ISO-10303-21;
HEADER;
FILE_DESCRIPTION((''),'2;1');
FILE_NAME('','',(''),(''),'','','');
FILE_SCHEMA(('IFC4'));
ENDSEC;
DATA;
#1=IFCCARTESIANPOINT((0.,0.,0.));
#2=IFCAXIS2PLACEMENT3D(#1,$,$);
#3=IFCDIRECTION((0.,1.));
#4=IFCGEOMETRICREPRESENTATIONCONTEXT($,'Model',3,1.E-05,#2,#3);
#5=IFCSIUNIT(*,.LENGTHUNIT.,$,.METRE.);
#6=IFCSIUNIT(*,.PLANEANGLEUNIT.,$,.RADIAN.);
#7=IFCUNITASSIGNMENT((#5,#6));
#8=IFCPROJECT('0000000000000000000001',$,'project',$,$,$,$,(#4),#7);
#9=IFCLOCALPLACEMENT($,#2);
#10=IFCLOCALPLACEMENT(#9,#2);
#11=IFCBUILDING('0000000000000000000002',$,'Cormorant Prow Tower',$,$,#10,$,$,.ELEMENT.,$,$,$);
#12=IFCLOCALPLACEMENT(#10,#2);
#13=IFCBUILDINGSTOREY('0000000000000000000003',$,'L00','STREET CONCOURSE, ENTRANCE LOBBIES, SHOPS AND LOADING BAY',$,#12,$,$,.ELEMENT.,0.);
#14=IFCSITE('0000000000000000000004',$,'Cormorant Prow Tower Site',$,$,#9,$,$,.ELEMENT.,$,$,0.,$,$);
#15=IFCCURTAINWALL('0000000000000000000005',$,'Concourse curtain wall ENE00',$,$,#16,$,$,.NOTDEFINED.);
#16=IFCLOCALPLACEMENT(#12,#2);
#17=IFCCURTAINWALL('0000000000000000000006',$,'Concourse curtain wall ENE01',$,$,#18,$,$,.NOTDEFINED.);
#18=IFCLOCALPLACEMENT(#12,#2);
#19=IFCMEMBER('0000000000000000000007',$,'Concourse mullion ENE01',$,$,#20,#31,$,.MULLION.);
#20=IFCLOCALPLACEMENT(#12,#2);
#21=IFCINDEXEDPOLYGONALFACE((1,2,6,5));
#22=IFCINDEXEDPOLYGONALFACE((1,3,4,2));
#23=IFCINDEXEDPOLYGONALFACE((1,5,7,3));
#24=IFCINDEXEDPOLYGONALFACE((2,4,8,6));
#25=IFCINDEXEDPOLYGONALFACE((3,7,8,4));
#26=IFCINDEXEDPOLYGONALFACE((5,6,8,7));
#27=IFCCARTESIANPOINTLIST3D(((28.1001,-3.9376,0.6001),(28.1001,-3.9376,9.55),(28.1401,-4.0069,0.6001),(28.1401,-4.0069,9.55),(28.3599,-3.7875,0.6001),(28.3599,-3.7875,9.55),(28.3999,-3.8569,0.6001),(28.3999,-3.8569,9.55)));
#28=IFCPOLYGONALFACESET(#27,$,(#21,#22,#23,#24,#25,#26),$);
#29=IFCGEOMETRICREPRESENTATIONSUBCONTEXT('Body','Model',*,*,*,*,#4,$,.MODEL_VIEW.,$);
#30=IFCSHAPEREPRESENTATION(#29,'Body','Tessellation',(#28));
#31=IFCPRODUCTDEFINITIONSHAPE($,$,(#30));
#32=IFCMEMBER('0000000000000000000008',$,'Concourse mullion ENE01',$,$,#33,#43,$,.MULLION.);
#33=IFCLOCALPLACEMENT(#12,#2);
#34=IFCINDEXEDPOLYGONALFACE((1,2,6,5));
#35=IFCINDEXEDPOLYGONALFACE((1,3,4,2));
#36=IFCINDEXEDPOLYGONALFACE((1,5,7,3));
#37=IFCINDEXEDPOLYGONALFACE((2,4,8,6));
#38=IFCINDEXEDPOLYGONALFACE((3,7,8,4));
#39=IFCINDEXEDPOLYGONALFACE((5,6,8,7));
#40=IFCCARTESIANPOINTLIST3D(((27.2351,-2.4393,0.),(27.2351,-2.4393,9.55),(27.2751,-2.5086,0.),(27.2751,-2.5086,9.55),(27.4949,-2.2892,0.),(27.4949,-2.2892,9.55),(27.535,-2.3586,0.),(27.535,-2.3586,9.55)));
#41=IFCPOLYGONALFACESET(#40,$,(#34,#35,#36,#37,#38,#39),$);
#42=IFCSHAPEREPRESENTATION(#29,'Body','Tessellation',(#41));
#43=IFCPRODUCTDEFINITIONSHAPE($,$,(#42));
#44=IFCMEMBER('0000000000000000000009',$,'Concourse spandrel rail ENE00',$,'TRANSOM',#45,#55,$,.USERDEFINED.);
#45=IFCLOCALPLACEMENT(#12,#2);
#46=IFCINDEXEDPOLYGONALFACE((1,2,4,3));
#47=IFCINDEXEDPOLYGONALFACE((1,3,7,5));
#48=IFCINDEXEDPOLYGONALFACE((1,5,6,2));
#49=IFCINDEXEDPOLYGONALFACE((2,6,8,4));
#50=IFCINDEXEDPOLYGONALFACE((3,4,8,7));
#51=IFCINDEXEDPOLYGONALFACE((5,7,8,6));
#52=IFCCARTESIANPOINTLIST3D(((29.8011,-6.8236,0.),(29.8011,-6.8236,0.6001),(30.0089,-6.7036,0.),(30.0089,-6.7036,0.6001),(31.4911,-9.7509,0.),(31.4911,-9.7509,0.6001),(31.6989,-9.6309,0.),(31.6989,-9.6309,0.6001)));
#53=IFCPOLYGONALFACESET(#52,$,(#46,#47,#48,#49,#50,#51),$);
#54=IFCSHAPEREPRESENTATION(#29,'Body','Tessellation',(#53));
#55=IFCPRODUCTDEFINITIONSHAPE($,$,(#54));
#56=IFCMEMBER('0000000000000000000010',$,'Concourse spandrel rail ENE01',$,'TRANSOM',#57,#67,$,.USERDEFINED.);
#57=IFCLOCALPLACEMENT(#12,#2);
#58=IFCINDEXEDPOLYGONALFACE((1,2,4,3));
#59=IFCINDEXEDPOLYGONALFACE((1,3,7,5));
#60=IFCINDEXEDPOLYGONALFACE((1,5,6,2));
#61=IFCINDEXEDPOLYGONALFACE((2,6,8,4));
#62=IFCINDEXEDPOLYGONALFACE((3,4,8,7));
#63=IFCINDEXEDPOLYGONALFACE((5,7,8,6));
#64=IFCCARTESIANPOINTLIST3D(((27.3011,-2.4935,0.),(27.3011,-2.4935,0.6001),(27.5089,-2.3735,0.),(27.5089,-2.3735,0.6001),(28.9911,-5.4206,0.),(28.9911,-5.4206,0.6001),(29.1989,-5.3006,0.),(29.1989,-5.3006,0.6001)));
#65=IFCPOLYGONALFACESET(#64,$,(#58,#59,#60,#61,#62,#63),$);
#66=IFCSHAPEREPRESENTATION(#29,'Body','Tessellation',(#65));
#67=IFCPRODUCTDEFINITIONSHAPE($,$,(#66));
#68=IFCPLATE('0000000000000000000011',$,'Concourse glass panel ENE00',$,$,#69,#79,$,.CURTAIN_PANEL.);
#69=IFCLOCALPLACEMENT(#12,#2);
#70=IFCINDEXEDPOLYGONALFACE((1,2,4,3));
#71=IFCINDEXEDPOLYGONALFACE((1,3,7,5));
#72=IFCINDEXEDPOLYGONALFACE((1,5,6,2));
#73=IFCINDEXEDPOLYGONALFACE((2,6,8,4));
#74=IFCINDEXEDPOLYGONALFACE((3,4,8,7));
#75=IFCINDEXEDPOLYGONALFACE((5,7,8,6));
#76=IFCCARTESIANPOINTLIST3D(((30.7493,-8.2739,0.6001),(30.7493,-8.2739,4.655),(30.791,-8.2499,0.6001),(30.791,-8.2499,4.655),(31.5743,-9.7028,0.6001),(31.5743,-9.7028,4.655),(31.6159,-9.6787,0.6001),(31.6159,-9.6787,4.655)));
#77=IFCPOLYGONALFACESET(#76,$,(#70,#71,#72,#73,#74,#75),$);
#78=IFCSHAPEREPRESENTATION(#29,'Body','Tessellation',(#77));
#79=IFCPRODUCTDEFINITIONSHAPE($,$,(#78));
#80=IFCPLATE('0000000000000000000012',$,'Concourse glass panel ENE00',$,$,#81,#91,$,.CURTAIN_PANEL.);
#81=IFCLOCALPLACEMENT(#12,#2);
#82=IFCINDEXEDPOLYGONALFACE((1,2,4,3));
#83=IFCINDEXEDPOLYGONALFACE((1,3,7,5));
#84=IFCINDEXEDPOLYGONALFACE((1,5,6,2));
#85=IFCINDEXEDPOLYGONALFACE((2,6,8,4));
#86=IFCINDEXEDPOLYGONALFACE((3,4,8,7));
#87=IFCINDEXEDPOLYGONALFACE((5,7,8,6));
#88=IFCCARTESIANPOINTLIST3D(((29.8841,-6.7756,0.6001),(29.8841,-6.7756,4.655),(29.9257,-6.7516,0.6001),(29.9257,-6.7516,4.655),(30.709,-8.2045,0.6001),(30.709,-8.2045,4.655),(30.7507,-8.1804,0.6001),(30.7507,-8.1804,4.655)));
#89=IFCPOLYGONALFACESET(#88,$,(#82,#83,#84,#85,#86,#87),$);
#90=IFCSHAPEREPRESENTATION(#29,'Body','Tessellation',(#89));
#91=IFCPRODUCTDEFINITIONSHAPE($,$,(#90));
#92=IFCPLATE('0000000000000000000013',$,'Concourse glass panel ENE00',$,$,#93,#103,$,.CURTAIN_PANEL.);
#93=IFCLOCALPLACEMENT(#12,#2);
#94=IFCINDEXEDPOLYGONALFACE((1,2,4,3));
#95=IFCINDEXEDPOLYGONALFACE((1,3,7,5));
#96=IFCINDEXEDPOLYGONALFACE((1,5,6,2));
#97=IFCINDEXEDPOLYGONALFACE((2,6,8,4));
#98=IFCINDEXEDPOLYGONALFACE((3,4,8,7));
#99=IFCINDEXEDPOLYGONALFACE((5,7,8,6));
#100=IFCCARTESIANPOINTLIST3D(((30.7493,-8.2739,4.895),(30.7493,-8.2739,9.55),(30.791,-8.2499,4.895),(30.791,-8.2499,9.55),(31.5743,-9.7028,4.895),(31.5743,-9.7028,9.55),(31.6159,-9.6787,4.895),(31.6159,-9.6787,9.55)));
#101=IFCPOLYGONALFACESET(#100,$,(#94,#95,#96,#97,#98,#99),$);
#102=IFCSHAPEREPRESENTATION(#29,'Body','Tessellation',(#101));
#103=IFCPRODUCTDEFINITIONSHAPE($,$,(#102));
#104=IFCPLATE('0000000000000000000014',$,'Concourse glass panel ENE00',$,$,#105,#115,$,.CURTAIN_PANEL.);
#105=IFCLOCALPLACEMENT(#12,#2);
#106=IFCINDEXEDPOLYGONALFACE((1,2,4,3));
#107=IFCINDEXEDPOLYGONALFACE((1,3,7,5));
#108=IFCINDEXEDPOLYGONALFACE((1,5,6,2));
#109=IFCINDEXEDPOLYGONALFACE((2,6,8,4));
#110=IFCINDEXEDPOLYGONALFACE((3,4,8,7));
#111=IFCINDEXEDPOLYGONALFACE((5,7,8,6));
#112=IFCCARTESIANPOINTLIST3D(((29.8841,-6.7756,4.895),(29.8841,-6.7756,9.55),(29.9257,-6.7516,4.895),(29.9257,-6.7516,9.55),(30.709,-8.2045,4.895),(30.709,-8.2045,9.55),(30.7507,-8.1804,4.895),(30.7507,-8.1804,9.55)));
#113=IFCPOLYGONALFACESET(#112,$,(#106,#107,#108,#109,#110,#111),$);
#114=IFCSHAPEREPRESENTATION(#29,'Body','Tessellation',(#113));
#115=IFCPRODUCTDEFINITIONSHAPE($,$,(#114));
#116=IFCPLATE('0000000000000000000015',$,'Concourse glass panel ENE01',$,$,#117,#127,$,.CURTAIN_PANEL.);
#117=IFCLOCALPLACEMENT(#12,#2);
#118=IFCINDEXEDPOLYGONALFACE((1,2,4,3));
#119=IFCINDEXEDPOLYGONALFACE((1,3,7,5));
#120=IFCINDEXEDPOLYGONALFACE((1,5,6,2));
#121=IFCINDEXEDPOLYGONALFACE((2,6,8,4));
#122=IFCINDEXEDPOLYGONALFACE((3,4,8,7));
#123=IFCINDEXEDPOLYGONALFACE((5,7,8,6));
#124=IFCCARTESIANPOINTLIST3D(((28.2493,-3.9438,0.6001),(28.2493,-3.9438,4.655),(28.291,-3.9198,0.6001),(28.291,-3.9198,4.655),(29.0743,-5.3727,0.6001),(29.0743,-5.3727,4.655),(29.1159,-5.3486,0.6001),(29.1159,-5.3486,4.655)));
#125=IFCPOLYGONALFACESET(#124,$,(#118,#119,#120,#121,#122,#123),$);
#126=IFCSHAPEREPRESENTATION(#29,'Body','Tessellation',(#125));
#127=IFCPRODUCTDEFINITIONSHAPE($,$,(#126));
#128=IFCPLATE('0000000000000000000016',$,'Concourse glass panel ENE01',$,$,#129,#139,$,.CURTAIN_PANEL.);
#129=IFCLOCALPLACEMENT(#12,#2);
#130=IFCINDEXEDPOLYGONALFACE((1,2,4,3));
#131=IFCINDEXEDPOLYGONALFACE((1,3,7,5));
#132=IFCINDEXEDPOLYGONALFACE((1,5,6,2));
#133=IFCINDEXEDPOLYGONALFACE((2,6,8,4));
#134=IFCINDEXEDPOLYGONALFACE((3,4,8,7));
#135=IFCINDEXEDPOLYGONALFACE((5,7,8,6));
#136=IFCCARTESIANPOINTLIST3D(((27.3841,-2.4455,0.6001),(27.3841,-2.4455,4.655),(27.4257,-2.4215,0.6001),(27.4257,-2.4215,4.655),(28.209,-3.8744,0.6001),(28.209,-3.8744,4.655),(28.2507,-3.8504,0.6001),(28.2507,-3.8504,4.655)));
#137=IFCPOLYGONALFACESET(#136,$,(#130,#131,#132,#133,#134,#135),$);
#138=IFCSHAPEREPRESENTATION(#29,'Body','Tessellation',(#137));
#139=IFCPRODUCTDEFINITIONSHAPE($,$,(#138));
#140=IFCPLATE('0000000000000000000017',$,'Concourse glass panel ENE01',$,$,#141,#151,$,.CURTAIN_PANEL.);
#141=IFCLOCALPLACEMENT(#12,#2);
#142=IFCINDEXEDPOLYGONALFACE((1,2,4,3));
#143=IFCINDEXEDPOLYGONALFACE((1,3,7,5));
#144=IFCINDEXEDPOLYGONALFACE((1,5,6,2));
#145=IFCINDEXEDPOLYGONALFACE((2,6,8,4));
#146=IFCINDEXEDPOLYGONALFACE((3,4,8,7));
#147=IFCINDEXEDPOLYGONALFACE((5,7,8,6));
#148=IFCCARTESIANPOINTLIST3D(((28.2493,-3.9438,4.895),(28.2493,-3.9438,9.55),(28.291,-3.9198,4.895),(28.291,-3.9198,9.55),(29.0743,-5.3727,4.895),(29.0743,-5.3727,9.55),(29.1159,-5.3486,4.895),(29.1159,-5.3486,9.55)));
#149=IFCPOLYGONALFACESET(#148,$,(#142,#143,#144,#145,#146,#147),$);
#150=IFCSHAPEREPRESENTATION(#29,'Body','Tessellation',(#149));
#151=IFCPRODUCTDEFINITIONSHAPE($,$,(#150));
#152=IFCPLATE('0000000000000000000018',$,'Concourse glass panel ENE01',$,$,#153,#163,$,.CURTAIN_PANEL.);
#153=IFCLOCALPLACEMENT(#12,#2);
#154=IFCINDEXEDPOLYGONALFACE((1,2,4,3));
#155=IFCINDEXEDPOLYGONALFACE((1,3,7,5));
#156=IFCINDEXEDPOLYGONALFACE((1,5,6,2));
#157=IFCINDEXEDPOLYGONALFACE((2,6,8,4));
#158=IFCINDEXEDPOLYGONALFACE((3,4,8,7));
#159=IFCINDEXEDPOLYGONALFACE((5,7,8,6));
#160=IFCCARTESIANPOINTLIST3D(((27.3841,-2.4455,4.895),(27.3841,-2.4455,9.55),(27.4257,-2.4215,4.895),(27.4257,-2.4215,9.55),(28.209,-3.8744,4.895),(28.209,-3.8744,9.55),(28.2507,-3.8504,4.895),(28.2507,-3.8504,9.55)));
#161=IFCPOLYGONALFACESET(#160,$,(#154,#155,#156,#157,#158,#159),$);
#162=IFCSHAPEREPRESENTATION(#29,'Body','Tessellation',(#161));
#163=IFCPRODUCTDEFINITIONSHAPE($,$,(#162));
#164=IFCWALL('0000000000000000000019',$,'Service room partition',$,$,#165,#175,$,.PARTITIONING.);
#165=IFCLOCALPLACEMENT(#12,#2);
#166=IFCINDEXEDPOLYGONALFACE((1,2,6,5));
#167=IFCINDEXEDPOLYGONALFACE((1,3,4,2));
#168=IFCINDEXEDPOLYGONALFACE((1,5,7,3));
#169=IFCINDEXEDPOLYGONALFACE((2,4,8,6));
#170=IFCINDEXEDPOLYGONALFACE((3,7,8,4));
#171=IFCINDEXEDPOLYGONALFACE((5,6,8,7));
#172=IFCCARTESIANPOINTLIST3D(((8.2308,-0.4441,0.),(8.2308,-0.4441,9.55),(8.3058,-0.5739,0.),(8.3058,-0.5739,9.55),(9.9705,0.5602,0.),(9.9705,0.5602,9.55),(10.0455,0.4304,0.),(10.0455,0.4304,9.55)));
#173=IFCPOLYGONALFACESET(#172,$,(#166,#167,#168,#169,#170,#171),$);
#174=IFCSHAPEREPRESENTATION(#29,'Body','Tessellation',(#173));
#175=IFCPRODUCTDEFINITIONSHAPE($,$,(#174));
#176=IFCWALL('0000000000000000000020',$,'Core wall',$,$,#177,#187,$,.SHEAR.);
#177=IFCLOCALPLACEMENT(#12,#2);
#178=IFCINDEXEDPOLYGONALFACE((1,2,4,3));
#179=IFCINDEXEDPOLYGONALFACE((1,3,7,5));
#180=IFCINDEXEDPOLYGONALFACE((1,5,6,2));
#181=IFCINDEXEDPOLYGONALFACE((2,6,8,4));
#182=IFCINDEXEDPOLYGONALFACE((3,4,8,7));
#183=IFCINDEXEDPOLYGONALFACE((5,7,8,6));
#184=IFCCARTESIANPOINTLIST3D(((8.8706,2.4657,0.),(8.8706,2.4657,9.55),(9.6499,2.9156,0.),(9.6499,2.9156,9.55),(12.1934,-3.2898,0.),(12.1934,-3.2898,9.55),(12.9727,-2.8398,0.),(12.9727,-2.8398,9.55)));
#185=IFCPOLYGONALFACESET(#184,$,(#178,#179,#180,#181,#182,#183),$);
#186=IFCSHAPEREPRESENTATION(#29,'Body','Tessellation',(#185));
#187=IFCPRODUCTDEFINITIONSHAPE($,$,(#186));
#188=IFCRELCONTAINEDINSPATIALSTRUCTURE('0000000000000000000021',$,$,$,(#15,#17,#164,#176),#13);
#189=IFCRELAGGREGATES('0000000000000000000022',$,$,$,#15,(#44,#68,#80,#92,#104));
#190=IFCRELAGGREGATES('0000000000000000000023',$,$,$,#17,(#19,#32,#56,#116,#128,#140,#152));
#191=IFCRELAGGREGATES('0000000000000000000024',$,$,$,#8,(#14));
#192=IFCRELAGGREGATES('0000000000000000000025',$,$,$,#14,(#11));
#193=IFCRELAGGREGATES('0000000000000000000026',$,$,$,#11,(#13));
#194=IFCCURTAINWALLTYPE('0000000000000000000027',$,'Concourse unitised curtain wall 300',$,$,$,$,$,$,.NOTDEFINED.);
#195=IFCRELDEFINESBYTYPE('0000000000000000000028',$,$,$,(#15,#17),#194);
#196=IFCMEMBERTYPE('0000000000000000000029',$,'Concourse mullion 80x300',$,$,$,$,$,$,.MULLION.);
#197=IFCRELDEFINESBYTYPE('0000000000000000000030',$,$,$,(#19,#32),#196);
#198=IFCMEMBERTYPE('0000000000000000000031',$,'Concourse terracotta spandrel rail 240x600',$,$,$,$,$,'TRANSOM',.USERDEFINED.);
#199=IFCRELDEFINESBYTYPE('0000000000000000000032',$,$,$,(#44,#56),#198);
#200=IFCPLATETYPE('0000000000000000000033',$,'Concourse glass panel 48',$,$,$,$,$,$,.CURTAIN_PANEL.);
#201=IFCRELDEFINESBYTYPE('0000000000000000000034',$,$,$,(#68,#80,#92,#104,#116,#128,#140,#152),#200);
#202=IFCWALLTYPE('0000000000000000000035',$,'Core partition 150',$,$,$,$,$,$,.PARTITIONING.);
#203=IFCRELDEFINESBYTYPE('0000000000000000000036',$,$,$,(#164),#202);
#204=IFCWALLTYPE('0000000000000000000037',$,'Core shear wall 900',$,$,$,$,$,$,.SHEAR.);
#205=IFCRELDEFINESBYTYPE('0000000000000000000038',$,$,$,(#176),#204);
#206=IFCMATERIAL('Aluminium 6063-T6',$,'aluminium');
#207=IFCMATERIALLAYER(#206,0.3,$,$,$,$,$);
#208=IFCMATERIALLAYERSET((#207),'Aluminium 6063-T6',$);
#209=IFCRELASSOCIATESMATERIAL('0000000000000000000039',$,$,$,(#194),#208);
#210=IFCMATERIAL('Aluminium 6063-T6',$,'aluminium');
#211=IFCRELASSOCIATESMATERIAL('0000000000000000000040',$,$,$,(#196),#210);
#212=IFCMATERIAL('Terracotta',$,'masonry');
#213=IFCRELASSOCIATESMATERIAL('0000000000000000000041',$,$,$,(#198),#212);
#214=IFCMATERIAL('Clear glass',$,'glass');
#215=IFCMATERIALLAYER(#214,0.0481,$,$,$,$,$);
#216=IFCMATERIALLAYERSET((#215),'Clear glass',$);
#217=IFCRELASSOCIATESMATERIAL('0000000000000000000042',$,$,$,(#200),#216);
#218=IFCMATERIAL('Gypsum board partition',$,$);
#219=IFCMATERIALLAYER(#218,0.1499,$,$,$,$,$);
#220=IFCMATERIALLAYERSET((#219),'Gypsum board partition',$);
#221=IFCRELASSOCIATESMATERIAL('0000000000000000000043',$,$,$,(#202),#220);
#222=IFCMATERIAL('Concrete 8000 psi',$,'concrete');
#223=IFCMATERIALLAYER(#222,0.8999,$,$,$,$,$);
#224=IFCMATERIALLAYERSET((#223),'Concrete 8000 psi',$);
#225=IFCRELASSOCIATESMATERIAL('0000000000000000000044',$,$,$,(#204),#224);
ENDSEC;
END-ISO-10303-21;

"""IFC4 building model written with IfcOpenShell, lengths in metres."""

from ifc_helpers import new_model, si_unit, direction, frame, frame_2d, origin, origin_2d, place, context, subcontext, project, spatial, rectangle, extrude, material, layer, layer_set, material_profile, profile_set, type_object, element, aggregate, save


model = new_model("IFC4")

# Units and contexts
model_context = context("Model", 3, precision=1e-05, world=origin(), true_north=direction((0.0, 1.0)))
body_context = subcontext(model_context, "Body", "Model", "MODEL_VIEW")
ifc_project = project(units=[si_unit("LENGTHUNIT", "METRE"), si_unit("PLANEANGLEUNIT", "RADIAN")], contexts=[model_context])

# Site, building, storey
site_placement = place(None, origin())
site = spatial("IfcSite", under=ifc_project, at=site_placement, Name="Cormorant Prow Tower Site", CompositionType="ELEMENT", RefElevation=0.0)
building_placement = place(site_placement, origin())
building = spatial("IfcBuilding", under=site, at=building_placement, Name="Cormorant Prow Tower", CompositionType="ELEMENT")
storey_placement = place(building_placement, origin())
storey = spatial("IfcBuildingStorey", under=building, at=storey_placement, Name="L00", Description="STREET CONCOURSE, ENTRANCE LOBBIES, SHOPS AND LOADING BAY", CompositionType="ELEMENT", Elevation=0.0)

# Curtain walls
ifc_material_1 = material(Name="Aluminium 6063-T6", Category="aluminium")
ifc_layer_1 = layer(ifc_material_1, 0.3)
ifc_layer_set_1 = layer_set([ifc_layer_1], Name="Aluminium 6063-T6")
curtain_wall_type = type_object("IfcCurtainWallType", Name="Concourse unitised curtain wall 300", PredefinedType="NOTDEFINED", material=ifc_layer_set_1)
curtain_wall_1_placement = place(storey_placement, origin())
curtain_wall_1 = element("IfcCurtainWall", 1, at=curtain_wall_1_placement, inside=storey, type_object=curtain_wall_type, Name="Concourse curtain wall ENE00", PredefinedType="NOTDEFINED")
curtain_wall_2_placement = place(storey_placement, origin())
curtain_wall_2 = element("IfcCurtainWall", 2, at=curtain_wall_2_placement, inside=storey, type_object=curtain_wall_type, Name="Concourse curtain wall ENE01", PredefinedType="NOTDEFINED")

# Members
ifc_material_2 = material(Name="Aluminium 6063-T6", Category="aluminium")
ifc_material_profile_1 = material_profile(ifc_material_2, rectangle(XDim=0.3, YDim=0.0801, at=origin_2d()), Name="Concourse mullion 80x300")
ifc_profile_set_1 = profile_set([ifc_material_profile_1], Name="Aluminium 6063-T6")
member_type_1 = type_object("IfcMemberType", Name="Concourse mullion 80x300", PredefinedType="MULLION", material=ifc_profile_set_1)
member_1_placement = place(storey_placement, frame((28.25, -3.8972, 0.6001), z_axis=(0.0, 0.0, 1.0), x_axis=(-0.866025, -0.5, 0.0)))
member_1 = element("IfcMember", 3, at=member_1_placement, type_object=member_type_1, Name="Concourse mullion ENE01", PredefinedType="MULLION", context=body_context, shape_type="SweptSolid", body=[
    extrude(rectangle(XDim=0.3, YDim=0.0801, at=origin_2d()), origin(), (0.0, 0.0, 1.0), 8.95),
])
member_2_placement = place(storey_placement, frame((27.385, -2.3989, 0.0), z_axis=(0.0, 0.0, 1.0), x_axis=(-0.866025, -0.5, 0.0)))
member_2 = element("IfcMember", 4, at=member_2_placement, type_object=member_type_1, Name="Concourse mullion ENE01", PredefinedType="MULLION", context=body_context, shape_type="SweptSolid", body=[
    extrude(rectangle(XDim=0.3, YDim=0.0801, at=origin_2d()), origin(), (0.0, 0.0, 1.0), 9.55),
])
ifc_material_3 = material(Name="Terracotta", Category="masonry")
ifc_material_profile_2 = material_profile(ifc_material_3, rectangle(XDim=0.24, YDim=0.6001, at=origin_2d()), Name="Concourse terracotta spandrel rail 240x600")
ifc_profile_set_2 = profile_set([ifc_material_profile_2], Name="Terracotta")
member_type_2 = type_object("IfcMemberType", Name="Concourse terracotta spandrel rail 240x600", ElementType="TRANSOM", PredefinedType="USERDEFINED", material=ifc_profile_set_2)
member_3_placement = place(storey_placement, frame((31.595, -9.6909, 0.3), z_axis=(-0.499977, 0.866039, 0.0), x_axis=(-0.866039, -0.499977, 0.0)))
member_3 = element("IfcMember", 5, at=member_3_placement, type_object=member_type_2, Name="Concourse spandrel rail ENE00", ObjectType="TRANSOM", PredefinedType="USERDEFINED", context=body_context, shape_type="SweptSolid", body=[
    extrude(rectangle(XDim=0.24, YDim=0.6001, at=origin_2d()), origin(), (0.0, 0.0, 1.0), 3.3801),
])
member_4_placement = place(storey_placement, frame((29.095, -5.3606, 0.3), z_axis=(-0.500008, 0.866021, 0.0), x_axis=(-0.866021, -0.500008, 0.0)))
member_4 = element("IfcMember", 6, at=member_4_placement, type_object=member_type_2, Name="Concourse spandrel rail ENE01", ObjectType="TRANSOM", PredefinedType="USERDEFINED", context=body_context, shape_type="SweptSolid", body=[
    extrude(rectangle(XDim=0.24, YDim=0.6001, at=origin_2d()), origin(), (0.0, 0.0, 1.0), 3.3799),
])

# Plates
ifc_material_4 = material(Name="Clear glass", Category="glass")
ifc_layer_2 = layer(ifc_material_4, 0.0481)
ifc_layer_set_2 = layer_set([ifc_layer_2], Name="Clear glass")
plate_type = type_object("IfcPlateType", Name="Concourse glass panel 48", PredefinedType="CURTAIN_PANEL", material=ifc_layer_set_2)
plate_1_placement = place(storey_placement, frame((31.1826, -8.9763, 0.6001), z_axis=(0.0, 0.0, 1.0), x_axis=(-0.5, 0.866025, 0.0)))
plate_1 = element("IfcPlate", 7, at=plate_1_placement, type_object=plate_type, Name="Concourse glass panel ENE00", PredefinedType="CURTAIN_PANEL", context=body_context, shape_type="SweptSolid", body=[
    extrude(rectangle(XDim=1.6499, YDim=0.0481, at=origin_2d()), origin(), (0.0, 0.0, 1.0), 4.0549),
])
plate_2_placement = place(storey_placement, frame((30.3174, -7.478, 0.6001), z_axis=(0.0, 0.0, 1.0), x_axis=(-0.5, 0.866025, 0.0)))
plate_2 = element("IfcPlate", 8, at=plate_2_placement, type_object=plate_type, Name="Concourse glass panel ENE00", PredefinedType="CURTAIN_PANEL", context=body_context, shape_type="SweptSolid", body=[
    extrude(rectangle(XDim=1.6499, YDim=0.0481, at=origin_2d()), origin(), (0.0, 0.0, 1.0), 4.0549),
])
plate_3_placement = place(storey_placement, frame((31.1826, -8.9763, 4.895), z_axis=(0.0, 0.0, 1.0), x_axis=(-0.5, 0.866025, 0.0)))
plate_3 = element("IfcPlate", 9, at=plate_3_placement, type_object=plate_type, Name="Concourse glass panel ENE00", PredefinedType="CURTAIN_PANEL", context=body_context, shape_type="SweptSolid", body=[
    extrude(rectangle(XDim=1.6499, YDim=0.0481, at=origin_2d()), origin(), (0.0, 0.0, 1.0), 4.655),
])
plate_4_placement = place(storey_placement, frame((30.3174, -7.478, 4.895), z_axis=(0.0, 0.0, 1.0), x_axis=(-0.5, 0.866025, 0.0)))
plate_4 = element("IfcPlate", 10, at=plate_4_placement, type_object=plate_type, Name="Concourse glass panel ENE00", PredefinedType="CURTAIN_PANEL", context=body_context, shape_type="SweptSolid", body=[
    extrude(rectangle(XDim=1.6499, YDim=0.0481, at=origin_2d()), origin(), (0.0, 0.0, 1.0), 4.655),
])
aggregate(curtain_wall_1, [member_3, plate_1, plate_2, plate_3, plate_4])
plate_5_placement = place(storey_placement, frame((28.6826, -4.6462, 0.6001), z_axis=(0.0, 0.0, 1.0), x_axis=(-0.5, 0.866025, 0.0)))
plate_5 = element("IfcPlate", 11, at=plate_5_placement, type_object=plate_type, Name="Concourse glass panel ENE01", PredefinedType="CURTAIN_PANEL", context=body_context, shape_type="SweptSolid", body=[
    extrude(rectangle(XDim=1.6499, YDim=0.0481, at=origin_2d()), origin(), (0.0, 0.0, 1.0), 4.0549),
])
plate_6_placement = place(storey_placement, frame((27.8174, -3.1479, 0.6001), z_axis=(0.0, 0.0, 1.0), x_axis=(-0.5, 0.866025, 0.0)))
plate_6 = element("IfcPlate", 12, at=plate_6_placement, type_object=plate_type, Name="Concourse glass panel ENE01", PredefinedType="CURTAIN_PANEL", context=body_context, shape_type="SweptSolid", body=[
    extrude(rectangle(XDim=1.6499, YDim=0.0481, at=origin_2d()), origin(), (0.0, 0.0, 1.0), 4.0549),
])
plate_7_placement = place(storey_placement, frame((28.6826, -4.6462, 4.895), z_axis=(0.0, 0.0, 1.0), x_axis=(-0.5, 0.866025, 0.0)))
plate_7 = element("IfcPlate", 13, at=plate_7_placement, type_object=plate_type, Name="Concourse glass panel ENE01", PredefinedType="CURTAIN_PANEL", context=body_context, shape_type="SweptSolid", body=[
    extrude(rectangle(XDim=1.6499, YDim=0.0481, at=origin_2d()), origin(), (0.0, 0.0, 1.0), 4.655),
])
plate_8_placement = place(storey_placement, frame((27.8174, -3.1479, 4.895), z_axis=(0.0, 0.0, 1.0), x_axis=(-0.5, 0.866025, 0.0)))
plate_8 = element("IfcPlate", 14, at=plate_8_placement, type_object=plate_type, Name="Concourse glass panel ENE01", PredefinedType="CURTAIN_PANEL", context=body_context, shape_type="SweptSolid", body=[
    extrude(rectangle(XDim=1.6499, YDim=0.0481, at=origin_2d()), origin(), (0.0, 0.0, 1.0), 4.655),
])
aggregate(curtain_wall_2, [member_1, member_2, member_4, plate_5, plate_6, plate_7, plate_8])

# Walls
ifc_material_5 = material(Name="Gypsum board partition")
ifc_layer_3 = layer(ifc_material_5, 0.1499)
ifc_layer_set_3 = layer_set([ifc_layer_3], Name="Gypsum board partition")
wall_type_1 = type_object("IfcWallType", Name="Core partition 150", PredefinedType="PARTITIONING", material=ifc_layer_set_3)
wall_1_placement = place(storey_placement, frame((8.2683, -0.509, 0.0), z_axis=(0.0, 0.0, 1.0), x_axis=(0.866036, 0.499982, 0.0)))
element("IfcWall", 15, at=wall_1_placement, inside=storey, type_object=wall_type_1, Name="Service room partition", PredefinedType="PARTITIONING", context=body_context, shape_type="SweptSolid", body=[
    extrude(rectangle(XDim=2.0088, YDim=0.1499, at=frame_2d((1.0044, 0.0))), origin(), (0.0, 0.0, 1.0), 9.55),
])
ifc_material_6 = material(Name="Concrete 8000 psi", Category="concrete")
ifc_layer_4 = layer(ifc_material_6, 0.8999)
ifc_layer_set_4 = layer_set([ifc_layer_4], Name="Concrete 8000 psi")
wall_type_2 = type_object("IfcWallType", Name="Core shear wall 900", PredefinedType="SHEAR", material=ifc_layer_set_4)
wall_2_placement = place(storey_placement, frame((12.583, -3.0647, 0.0), z_axis=(0.0, 0.0, 1.0), x_axis=(-0.499987, 0.866033, 0.0)))
element("IfcWall", 16, at=wall_2_placement, inside=storey, type_object=wall_type_2, Name="Core wall", PredefinedType="SHEAR", context=body_context, shape_type="SweptSolid", body=[
    extrude(rectangle(XDim=6.6458, YDim=0.8999, at=frame_2d((3.3228, 0.0))), origin(), (0.0, 0.0, 1.0), 9.55),
])

save(model, "model.ifc")
